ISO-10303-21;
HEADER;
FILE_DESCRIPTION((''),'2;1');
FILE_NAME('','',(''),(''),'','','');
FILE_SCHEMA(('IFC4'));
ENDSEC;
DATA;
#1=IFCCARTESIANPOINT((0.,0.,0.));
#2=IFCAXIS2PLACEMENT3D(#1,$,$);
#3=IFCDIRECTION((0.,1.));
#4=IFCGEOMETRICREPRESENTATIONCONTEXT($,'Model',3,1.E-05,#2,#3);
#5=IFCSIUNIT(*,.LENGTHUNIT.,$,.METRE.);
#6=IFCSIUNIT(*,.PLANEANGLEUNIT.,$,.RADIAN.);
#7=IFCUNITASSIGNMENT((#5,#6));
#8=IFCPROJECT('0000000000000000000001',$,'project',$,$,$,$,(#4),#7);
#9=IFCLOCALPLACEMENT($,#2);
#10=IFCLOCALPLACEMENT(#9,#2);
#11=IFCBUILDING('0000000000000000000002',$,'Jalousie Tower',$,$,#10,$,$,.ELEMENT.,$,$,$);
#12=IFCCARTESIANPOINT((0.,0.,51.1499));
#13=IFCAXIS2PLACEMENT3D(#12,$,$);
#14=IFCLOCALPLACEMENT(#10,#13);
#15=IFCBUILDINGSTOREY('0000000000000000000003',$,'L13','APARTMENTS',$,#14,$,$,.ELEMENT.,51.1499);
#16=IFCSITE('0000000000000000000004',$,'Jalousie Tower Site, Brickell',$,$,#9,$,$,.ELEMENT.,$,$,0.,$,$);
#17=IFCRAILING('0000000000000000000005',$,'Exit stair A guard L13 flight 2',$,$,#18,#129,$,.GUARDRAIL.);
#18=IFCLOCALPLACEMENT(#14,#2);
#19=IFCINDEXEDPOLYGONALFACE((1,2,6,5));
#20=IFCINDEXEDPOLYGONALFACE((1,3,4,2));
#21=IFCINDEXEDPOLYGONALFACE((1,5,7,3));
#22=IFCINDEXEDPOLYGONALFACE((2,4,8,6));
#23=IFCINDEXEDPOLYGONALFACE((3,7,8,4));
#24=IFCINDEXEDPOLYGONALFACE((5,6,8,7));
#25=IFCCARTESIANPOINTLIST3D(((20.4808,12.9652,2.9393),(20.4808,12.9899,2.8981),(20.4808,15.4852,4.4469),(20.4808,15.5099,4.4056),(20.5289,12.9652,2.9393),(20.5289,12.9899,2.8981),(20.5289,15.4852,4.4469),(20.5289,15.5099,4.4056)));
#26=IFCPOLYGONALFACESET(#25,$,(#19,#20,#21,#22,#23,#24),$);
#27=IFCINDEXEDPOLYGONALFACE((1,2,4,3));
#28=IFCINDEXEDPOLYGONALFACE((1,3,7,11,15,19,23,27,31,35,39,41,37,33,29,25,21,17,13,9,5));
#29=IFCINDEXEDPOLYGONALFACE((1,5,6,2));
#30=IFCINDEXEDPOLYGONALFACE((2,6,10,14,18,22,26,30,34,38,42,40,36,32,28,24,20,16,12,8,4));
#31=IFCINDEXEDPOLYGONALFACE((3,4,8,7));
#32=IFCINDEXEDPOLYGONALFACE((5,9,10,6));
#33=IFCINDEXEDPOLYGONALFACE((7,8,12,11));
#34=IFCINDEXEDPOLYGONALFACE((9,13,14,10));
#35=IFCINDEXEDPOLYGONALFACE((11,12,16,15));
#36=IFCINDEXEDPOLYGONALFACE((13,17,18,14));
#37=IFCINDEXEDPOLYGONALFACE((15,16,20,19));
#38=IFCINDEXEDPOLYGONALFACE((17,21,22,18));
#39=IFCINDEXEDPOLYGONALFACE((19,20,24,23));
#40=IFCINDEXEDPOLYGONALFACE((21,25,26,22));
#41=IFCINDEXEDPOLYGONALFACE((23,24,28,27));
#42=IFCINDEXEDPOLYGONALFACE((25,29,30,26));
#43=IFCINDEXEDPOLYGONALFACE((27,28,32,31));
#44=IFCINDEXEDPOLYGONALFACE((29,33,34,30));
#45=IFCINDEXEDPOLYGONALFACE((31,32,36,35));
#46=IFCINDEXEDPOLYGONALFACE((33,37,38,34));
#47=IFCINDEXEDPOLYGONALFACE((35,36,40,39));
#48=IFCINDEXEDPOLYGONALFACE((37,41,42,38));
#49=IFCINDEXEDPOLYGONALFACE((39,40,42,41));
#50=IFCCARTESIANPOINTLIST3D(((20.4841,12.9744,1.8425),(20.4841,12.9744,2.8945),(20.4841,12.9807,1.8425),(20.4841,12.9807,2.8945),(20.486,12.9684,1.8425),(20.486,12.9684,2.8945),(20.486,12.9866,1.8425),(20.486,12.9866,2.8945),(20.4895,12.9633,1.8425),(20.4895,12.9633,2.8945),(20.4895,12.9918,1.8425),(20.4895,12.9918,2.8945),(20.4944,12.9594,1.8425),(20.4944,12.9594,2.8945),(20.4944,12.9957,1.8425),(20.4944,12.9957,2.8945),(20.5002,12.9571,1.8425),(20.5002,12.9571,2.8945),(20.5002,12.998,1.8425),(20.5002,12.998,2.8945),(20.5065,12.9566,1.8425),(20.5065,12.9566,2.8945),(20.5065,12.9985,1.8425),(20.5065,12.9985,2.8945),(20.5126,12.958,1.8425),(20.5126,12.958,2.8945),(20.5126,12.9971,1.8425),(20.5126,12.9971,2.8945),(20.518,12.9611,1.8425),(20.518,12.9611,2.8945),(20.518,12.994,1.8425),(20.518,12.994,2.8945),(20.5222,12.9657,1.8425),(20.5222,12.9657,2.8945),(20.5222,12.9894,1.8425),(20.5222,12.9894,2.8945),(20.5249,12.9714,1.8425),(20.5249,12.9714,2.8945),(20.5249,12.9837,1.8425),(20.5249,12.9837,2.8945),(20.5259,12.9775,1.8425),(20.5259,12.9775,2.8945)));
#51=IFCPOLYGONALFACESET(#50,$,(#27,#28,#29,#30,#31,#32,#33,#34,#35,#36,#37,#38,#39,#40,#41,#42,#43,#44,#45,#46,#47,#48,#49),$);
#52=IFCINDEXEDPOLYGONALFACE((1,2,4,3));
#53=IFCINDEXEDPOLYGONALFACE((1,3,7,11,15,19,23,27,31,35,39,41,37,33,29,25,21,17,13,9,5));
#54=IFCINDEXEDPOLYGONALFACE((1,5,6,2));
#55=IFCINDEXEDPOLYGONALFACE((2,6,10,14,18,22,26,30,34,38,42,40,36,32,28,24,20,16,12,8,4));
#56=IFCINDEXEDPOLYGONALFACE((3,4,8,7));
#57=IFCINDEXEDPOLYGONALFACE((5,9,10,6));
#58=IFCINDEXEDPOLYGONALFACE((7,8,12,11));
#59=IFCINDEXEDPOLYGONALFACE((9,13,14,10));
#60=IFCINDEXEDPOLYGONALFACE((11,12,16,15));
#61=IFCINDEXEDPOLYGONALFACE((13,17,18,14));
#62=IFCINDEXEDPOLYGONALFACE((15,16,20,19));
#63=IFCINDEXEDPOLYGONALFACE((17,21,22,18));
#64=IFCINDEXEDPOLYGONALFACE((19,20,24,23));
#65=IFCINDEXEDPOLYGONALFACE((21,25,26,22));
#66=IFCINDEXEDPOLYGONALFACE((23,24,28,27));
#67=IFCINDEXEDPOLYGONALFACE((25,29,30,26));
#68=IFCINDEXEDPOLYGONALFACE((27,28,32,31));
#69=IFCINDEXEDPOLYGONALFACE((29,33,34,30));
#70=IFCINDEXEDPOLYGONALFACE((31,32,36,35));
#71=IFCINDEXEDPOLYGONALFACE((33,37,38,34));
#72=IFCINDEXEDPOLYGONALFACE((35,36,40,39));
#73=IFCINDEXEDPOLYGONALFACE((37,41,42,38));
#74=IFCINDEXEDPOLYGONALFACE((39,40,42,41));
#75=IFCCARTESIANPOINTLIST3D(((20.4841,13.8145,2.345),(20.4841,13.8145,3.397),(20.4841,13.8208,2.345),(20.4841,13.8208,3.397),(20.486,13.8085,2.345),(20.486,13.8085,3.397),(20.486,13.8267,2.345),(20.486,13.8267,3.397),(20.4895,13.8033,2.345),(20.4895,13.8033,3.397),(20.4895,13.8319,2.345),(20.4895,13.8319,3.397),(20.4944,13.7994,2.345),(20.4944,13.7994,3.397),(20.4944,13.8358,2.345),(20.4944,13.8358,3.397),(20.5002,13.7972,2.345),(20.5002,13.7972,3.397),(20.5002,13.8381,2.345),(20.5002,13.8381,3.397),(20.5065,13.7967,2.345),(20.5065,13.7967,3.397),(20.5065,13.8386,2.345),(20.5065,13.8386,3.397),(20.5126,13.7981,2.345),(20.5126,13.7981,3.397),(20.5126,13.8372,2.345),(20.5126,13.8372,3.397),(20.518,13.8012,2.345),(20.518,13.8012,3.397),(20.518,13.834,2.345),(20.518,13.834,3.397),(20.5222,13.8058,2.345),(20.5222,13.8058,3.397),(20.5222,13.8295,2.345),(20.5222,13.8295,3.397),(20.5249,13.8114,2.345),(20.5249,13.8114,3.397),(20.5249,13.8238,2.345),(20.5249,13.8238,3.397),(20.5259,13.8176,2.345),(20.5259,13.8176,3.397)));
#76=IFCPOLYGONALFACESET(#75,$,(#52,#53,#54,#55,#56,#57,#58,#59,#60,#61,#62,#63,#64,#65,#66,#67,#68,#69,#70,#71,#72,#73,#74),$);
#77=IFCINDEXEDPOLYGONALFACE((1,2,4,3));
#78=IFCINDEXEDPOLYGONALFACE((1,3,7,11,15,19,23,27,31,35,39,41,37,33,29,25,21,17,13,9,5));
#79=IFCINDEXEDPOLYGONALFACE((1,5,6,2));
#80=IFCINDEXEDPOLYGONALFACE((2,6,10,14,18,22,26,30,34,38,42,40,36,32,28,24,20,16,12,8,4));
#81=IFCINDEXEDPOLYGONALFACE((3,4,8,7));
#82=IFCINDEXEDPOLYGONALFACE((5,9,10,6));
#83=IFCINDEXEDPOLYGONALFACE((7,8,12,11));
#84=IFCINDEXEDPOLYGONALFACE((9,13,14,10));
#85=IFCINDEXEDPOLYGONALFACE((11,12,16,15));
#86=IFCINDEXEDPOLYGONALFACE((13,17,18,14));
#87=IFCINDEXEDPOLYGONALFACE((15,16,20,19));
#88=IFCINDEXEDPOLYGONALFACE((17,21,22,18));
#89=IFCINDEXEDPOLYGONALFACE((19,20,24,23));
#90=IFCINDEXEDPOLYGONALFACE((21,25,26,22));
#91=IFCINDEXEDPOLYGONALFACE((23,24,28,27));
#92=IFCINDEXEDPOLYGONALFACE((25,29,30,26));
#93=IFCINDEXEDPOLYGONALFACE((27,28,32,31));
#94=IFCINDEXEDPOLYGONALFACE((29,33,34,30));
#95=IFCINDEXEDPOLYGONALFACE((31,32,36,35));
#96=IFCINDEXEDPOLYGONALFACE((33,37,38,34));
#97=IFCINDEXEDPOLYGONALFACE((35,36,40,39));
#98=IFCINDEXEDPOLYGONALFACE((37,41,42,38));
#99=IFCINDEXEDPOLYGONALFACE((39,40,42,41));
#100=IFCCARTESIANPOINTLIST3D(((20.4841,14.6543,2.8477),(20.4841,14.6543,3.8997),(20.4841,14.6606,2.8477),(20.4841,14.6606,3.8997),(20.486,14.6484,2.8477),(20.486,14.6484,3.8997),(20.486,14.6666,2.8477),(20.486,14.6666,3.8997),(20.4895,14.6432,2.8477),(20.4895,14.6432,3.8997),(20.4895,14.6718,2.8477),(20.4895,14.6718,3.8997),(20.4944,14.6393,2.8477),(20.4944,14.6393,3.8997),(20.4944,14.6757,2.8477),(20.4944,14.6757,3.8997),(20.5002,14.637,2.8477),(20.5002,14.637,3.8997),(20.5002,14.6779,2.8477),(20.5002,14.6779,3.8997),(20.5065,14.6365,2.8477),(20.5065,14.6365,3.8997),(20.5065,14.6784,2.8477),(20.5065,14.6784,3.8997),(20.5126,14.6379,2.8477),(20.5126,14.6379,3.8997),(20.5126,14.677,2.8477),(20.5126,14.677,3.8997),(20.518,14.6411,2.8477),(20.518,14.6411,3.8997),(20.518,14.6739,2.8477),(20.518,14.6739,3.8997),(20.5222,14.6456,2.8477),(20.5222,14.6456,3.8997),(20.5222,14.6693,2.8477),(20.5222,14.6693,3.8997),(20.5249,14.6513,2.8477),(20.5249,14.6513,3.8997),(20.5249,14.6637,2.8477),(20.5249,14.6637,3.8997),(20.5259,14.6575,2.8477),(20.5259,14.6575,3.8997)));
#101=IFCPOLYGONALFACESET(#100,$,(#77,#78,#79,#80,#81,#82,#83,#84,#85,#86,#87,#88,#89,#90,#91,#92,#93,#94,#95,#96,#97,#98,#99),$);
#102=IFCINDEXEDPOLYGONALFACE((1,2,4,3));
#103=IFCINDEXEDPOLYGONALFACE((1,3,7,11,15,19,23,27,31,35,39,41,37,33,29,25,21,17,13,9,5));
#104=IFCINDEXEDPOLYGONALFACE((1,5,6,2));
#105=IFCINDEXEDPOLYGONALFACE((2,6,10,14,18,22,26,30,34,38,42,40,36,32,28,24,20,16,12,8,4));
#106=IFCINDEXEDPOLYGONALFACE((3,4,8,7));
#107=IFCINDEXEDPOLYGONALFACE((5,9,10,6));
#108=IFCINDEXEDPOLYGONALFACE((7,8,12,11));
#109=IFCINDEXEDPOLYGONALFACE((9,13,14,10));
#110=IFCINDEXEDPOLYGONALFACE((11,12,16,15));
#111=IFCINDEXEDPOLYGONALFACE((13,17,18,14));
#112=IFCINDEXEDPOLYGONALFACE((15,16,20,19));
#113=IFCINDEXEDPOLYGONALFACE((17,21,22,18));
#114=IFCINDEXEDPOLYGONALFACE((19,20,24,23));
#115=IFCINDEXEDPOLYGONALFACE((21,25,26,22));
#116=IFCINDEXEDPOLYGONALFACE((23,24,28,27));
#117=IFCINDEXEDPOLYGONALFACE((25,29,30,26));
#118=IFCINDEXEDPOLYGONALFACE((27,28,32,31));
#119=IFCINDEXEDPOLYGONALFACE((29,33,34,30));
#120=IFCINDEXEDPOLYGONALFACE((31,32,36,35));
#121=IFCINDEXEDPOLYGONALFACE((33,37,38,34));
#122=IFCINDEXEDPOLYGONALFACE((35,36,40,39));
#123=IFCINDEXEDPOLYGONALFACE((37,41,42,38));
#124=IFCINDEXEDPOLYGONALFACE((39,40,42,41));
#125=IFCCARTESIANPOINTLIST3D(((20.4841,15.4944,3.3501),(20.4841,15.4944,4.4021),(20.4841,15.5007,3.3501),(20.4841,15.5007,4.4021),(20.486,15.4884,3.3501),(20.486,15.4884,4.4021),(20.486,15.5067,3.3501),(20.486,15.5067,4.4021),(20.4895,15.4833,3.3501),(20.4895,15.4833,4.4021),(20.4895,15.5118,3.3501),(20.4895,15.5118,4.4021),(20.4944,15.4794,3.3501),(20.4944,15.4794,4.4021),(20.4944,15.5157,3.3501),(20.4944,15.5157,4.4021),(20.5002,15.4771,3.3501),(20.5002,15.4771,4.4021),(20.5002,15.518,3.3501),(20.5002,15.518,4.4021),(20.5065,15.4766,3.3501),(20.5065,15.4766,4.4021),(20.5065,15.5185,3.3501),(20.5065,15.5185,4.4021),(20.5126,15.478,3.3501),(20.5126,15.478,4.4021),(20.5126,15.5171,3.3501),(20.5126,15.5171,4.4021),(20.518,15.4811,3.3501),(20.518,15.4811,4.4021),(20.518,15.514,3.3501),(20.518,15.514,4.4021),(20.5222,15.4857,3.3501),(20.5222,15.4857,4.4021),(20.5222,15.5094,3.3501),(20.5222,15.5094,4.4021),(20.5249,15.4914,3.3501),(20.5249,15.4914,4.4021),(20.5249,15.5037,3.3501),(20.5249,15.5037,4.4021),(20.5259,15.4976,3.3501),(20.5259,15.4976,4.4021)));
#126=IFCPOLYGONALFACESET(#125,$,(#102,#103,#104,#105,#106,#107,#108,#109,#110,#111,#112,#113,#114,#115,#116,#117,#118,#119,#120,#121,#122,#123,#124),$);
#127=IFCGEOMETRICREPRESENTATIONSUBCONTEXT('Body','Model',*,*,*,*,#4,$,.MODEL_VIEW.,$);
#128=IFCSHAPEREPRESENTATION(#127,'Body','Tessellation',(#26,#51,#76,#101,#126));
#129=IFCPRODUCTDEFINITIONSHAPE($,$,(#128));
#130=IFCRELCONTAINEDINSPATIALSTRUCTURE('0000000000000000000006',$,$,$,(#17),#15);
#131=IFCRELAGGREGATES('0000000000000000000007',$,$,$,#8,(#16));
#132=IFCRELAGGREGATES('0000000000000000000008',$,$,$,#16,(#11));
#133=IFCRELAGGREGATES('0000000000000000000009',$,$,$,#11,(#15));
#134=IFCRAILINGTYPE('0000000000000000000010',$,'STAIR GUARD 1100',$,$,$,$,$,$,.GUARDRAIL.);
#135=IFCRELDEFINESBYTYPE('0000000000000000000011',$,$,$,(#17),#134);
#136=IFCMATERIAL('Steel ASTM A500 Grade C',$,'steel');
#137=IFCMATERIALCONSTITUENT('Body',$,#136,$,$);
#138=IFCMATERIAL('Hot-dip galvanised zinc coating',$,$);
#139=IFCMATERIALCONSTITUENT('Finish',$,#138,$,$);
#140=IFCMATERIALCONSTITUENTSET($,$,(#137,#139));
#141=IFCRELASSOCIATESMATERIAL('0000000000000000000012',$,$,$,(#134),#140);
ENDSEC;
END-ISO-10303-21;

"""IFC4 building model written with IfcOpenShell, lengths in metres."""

from ifc_helpers import new_model, si_unit, direction, frame, origin, origin_2d, place, context, subcontext, project, spatial, rectangle, circle, extrude, material, constituent, constituent_set, type_object, element, save


model = new_model("IFC4")

# Units and contexts
model_context = context("Model", 3, precision=1e-05, world=origin(), true_north=direction((0.0, 1.0)))
body_context = subcontext(model_context, "Body", "Model", "MODEL_VIEW")
ifc_project = project(units=[si_unit("LENGTHUNIT", "METRE"), si_unit("PLANEANGLEUNIT", "RADIAN")], contexts=[model_context])

# Site, building, storey
site_placement = place(None, origin())
site = spatial("IfcSite", under=ifc_project, at=site_placement, Name="Jalousie Tower Site, Brickell", CompositionType="ELEMENT", RefElevation=0.0)
building_placement = place(site_placement, origin())
building = spatial("IfcBuilding", under=site, at=building_placement, Name="Jalousie Tower", CompositionType="ELEMENT")
storey_placement = place(building_placement, frame((0.0, 0.0, 51.1499)))
storey = spatial("IfcBuildingStorey", under=building, at=storey_placement, Name="L13", Description="APARTMENTS", CompositionType="ELEMENT", Elevation=51.1499)

# Railing
ifc_material_1 = material(Name="Steel ASTM A500 Grade C", Category="steel")
ifc_constituent_1 = constituent(ifc_material_1, Name="Body")
ifc_material_2 = material(Name="Hot-dip galvanised zinc coating")
ifc_constituent_2 = constituent(ifc_material_2, Name="Finish")
ifc_constituent_set_1 = constituent_set(constituents=[ifc_constituent_1, ifc_constituent_2])
railing_type_1 = type_object("IfcRailingType", Name="STAIR GUARD 1100", PredefinedType="GUARDRAIL", material=ifc_constituent_set_1)
railing_1_placement = place(storey_placement, frame((20.5049, 12.9775, 1.8425)))
element("IfcRailing", 1, at=railing_1_placement, inside=storey, type_object=railing_type_1, Name="Exit stair A guard L13 flight 2", PredefinedType="GUARDRAIL", context=body_context, shape_type="SweptSolid", body=[
    extrude(rectangle(XDim=0.0481, YDim=0.0481, at=origin_2d()), frame((0.0, 0.0, 1.0762), z_axis=(0.0, 0.85816, 0.513383), x_axis=(-1.0, 0.0, 0.0)), (0.0, 0.0, 1.0), 2.9365),
    extrude(circle(Radius=0.021, at=origin_2d()), origin(), (0.0, 0.0, 1.0), 1.052),
    extrude(circle(Radius=0.021, at=origin_2d()), frame((0.0, 0.8401, 0.5024)), (0.0, 0.0, 1.0), 1.052),
    extrude(circle(Radius=0.021, at=origin_2d()), frame((0.0, 1.6799, 1.0051)), (0.0, 0.0, 1.0), 1.052),
    extrude(circle(Radius=0.021, at=origin_2d()), frame((0.0, 2.52, 1.5076)), (0.0, 0.0, 1.0), 1.052),
])

save(model, "model.ifc")
